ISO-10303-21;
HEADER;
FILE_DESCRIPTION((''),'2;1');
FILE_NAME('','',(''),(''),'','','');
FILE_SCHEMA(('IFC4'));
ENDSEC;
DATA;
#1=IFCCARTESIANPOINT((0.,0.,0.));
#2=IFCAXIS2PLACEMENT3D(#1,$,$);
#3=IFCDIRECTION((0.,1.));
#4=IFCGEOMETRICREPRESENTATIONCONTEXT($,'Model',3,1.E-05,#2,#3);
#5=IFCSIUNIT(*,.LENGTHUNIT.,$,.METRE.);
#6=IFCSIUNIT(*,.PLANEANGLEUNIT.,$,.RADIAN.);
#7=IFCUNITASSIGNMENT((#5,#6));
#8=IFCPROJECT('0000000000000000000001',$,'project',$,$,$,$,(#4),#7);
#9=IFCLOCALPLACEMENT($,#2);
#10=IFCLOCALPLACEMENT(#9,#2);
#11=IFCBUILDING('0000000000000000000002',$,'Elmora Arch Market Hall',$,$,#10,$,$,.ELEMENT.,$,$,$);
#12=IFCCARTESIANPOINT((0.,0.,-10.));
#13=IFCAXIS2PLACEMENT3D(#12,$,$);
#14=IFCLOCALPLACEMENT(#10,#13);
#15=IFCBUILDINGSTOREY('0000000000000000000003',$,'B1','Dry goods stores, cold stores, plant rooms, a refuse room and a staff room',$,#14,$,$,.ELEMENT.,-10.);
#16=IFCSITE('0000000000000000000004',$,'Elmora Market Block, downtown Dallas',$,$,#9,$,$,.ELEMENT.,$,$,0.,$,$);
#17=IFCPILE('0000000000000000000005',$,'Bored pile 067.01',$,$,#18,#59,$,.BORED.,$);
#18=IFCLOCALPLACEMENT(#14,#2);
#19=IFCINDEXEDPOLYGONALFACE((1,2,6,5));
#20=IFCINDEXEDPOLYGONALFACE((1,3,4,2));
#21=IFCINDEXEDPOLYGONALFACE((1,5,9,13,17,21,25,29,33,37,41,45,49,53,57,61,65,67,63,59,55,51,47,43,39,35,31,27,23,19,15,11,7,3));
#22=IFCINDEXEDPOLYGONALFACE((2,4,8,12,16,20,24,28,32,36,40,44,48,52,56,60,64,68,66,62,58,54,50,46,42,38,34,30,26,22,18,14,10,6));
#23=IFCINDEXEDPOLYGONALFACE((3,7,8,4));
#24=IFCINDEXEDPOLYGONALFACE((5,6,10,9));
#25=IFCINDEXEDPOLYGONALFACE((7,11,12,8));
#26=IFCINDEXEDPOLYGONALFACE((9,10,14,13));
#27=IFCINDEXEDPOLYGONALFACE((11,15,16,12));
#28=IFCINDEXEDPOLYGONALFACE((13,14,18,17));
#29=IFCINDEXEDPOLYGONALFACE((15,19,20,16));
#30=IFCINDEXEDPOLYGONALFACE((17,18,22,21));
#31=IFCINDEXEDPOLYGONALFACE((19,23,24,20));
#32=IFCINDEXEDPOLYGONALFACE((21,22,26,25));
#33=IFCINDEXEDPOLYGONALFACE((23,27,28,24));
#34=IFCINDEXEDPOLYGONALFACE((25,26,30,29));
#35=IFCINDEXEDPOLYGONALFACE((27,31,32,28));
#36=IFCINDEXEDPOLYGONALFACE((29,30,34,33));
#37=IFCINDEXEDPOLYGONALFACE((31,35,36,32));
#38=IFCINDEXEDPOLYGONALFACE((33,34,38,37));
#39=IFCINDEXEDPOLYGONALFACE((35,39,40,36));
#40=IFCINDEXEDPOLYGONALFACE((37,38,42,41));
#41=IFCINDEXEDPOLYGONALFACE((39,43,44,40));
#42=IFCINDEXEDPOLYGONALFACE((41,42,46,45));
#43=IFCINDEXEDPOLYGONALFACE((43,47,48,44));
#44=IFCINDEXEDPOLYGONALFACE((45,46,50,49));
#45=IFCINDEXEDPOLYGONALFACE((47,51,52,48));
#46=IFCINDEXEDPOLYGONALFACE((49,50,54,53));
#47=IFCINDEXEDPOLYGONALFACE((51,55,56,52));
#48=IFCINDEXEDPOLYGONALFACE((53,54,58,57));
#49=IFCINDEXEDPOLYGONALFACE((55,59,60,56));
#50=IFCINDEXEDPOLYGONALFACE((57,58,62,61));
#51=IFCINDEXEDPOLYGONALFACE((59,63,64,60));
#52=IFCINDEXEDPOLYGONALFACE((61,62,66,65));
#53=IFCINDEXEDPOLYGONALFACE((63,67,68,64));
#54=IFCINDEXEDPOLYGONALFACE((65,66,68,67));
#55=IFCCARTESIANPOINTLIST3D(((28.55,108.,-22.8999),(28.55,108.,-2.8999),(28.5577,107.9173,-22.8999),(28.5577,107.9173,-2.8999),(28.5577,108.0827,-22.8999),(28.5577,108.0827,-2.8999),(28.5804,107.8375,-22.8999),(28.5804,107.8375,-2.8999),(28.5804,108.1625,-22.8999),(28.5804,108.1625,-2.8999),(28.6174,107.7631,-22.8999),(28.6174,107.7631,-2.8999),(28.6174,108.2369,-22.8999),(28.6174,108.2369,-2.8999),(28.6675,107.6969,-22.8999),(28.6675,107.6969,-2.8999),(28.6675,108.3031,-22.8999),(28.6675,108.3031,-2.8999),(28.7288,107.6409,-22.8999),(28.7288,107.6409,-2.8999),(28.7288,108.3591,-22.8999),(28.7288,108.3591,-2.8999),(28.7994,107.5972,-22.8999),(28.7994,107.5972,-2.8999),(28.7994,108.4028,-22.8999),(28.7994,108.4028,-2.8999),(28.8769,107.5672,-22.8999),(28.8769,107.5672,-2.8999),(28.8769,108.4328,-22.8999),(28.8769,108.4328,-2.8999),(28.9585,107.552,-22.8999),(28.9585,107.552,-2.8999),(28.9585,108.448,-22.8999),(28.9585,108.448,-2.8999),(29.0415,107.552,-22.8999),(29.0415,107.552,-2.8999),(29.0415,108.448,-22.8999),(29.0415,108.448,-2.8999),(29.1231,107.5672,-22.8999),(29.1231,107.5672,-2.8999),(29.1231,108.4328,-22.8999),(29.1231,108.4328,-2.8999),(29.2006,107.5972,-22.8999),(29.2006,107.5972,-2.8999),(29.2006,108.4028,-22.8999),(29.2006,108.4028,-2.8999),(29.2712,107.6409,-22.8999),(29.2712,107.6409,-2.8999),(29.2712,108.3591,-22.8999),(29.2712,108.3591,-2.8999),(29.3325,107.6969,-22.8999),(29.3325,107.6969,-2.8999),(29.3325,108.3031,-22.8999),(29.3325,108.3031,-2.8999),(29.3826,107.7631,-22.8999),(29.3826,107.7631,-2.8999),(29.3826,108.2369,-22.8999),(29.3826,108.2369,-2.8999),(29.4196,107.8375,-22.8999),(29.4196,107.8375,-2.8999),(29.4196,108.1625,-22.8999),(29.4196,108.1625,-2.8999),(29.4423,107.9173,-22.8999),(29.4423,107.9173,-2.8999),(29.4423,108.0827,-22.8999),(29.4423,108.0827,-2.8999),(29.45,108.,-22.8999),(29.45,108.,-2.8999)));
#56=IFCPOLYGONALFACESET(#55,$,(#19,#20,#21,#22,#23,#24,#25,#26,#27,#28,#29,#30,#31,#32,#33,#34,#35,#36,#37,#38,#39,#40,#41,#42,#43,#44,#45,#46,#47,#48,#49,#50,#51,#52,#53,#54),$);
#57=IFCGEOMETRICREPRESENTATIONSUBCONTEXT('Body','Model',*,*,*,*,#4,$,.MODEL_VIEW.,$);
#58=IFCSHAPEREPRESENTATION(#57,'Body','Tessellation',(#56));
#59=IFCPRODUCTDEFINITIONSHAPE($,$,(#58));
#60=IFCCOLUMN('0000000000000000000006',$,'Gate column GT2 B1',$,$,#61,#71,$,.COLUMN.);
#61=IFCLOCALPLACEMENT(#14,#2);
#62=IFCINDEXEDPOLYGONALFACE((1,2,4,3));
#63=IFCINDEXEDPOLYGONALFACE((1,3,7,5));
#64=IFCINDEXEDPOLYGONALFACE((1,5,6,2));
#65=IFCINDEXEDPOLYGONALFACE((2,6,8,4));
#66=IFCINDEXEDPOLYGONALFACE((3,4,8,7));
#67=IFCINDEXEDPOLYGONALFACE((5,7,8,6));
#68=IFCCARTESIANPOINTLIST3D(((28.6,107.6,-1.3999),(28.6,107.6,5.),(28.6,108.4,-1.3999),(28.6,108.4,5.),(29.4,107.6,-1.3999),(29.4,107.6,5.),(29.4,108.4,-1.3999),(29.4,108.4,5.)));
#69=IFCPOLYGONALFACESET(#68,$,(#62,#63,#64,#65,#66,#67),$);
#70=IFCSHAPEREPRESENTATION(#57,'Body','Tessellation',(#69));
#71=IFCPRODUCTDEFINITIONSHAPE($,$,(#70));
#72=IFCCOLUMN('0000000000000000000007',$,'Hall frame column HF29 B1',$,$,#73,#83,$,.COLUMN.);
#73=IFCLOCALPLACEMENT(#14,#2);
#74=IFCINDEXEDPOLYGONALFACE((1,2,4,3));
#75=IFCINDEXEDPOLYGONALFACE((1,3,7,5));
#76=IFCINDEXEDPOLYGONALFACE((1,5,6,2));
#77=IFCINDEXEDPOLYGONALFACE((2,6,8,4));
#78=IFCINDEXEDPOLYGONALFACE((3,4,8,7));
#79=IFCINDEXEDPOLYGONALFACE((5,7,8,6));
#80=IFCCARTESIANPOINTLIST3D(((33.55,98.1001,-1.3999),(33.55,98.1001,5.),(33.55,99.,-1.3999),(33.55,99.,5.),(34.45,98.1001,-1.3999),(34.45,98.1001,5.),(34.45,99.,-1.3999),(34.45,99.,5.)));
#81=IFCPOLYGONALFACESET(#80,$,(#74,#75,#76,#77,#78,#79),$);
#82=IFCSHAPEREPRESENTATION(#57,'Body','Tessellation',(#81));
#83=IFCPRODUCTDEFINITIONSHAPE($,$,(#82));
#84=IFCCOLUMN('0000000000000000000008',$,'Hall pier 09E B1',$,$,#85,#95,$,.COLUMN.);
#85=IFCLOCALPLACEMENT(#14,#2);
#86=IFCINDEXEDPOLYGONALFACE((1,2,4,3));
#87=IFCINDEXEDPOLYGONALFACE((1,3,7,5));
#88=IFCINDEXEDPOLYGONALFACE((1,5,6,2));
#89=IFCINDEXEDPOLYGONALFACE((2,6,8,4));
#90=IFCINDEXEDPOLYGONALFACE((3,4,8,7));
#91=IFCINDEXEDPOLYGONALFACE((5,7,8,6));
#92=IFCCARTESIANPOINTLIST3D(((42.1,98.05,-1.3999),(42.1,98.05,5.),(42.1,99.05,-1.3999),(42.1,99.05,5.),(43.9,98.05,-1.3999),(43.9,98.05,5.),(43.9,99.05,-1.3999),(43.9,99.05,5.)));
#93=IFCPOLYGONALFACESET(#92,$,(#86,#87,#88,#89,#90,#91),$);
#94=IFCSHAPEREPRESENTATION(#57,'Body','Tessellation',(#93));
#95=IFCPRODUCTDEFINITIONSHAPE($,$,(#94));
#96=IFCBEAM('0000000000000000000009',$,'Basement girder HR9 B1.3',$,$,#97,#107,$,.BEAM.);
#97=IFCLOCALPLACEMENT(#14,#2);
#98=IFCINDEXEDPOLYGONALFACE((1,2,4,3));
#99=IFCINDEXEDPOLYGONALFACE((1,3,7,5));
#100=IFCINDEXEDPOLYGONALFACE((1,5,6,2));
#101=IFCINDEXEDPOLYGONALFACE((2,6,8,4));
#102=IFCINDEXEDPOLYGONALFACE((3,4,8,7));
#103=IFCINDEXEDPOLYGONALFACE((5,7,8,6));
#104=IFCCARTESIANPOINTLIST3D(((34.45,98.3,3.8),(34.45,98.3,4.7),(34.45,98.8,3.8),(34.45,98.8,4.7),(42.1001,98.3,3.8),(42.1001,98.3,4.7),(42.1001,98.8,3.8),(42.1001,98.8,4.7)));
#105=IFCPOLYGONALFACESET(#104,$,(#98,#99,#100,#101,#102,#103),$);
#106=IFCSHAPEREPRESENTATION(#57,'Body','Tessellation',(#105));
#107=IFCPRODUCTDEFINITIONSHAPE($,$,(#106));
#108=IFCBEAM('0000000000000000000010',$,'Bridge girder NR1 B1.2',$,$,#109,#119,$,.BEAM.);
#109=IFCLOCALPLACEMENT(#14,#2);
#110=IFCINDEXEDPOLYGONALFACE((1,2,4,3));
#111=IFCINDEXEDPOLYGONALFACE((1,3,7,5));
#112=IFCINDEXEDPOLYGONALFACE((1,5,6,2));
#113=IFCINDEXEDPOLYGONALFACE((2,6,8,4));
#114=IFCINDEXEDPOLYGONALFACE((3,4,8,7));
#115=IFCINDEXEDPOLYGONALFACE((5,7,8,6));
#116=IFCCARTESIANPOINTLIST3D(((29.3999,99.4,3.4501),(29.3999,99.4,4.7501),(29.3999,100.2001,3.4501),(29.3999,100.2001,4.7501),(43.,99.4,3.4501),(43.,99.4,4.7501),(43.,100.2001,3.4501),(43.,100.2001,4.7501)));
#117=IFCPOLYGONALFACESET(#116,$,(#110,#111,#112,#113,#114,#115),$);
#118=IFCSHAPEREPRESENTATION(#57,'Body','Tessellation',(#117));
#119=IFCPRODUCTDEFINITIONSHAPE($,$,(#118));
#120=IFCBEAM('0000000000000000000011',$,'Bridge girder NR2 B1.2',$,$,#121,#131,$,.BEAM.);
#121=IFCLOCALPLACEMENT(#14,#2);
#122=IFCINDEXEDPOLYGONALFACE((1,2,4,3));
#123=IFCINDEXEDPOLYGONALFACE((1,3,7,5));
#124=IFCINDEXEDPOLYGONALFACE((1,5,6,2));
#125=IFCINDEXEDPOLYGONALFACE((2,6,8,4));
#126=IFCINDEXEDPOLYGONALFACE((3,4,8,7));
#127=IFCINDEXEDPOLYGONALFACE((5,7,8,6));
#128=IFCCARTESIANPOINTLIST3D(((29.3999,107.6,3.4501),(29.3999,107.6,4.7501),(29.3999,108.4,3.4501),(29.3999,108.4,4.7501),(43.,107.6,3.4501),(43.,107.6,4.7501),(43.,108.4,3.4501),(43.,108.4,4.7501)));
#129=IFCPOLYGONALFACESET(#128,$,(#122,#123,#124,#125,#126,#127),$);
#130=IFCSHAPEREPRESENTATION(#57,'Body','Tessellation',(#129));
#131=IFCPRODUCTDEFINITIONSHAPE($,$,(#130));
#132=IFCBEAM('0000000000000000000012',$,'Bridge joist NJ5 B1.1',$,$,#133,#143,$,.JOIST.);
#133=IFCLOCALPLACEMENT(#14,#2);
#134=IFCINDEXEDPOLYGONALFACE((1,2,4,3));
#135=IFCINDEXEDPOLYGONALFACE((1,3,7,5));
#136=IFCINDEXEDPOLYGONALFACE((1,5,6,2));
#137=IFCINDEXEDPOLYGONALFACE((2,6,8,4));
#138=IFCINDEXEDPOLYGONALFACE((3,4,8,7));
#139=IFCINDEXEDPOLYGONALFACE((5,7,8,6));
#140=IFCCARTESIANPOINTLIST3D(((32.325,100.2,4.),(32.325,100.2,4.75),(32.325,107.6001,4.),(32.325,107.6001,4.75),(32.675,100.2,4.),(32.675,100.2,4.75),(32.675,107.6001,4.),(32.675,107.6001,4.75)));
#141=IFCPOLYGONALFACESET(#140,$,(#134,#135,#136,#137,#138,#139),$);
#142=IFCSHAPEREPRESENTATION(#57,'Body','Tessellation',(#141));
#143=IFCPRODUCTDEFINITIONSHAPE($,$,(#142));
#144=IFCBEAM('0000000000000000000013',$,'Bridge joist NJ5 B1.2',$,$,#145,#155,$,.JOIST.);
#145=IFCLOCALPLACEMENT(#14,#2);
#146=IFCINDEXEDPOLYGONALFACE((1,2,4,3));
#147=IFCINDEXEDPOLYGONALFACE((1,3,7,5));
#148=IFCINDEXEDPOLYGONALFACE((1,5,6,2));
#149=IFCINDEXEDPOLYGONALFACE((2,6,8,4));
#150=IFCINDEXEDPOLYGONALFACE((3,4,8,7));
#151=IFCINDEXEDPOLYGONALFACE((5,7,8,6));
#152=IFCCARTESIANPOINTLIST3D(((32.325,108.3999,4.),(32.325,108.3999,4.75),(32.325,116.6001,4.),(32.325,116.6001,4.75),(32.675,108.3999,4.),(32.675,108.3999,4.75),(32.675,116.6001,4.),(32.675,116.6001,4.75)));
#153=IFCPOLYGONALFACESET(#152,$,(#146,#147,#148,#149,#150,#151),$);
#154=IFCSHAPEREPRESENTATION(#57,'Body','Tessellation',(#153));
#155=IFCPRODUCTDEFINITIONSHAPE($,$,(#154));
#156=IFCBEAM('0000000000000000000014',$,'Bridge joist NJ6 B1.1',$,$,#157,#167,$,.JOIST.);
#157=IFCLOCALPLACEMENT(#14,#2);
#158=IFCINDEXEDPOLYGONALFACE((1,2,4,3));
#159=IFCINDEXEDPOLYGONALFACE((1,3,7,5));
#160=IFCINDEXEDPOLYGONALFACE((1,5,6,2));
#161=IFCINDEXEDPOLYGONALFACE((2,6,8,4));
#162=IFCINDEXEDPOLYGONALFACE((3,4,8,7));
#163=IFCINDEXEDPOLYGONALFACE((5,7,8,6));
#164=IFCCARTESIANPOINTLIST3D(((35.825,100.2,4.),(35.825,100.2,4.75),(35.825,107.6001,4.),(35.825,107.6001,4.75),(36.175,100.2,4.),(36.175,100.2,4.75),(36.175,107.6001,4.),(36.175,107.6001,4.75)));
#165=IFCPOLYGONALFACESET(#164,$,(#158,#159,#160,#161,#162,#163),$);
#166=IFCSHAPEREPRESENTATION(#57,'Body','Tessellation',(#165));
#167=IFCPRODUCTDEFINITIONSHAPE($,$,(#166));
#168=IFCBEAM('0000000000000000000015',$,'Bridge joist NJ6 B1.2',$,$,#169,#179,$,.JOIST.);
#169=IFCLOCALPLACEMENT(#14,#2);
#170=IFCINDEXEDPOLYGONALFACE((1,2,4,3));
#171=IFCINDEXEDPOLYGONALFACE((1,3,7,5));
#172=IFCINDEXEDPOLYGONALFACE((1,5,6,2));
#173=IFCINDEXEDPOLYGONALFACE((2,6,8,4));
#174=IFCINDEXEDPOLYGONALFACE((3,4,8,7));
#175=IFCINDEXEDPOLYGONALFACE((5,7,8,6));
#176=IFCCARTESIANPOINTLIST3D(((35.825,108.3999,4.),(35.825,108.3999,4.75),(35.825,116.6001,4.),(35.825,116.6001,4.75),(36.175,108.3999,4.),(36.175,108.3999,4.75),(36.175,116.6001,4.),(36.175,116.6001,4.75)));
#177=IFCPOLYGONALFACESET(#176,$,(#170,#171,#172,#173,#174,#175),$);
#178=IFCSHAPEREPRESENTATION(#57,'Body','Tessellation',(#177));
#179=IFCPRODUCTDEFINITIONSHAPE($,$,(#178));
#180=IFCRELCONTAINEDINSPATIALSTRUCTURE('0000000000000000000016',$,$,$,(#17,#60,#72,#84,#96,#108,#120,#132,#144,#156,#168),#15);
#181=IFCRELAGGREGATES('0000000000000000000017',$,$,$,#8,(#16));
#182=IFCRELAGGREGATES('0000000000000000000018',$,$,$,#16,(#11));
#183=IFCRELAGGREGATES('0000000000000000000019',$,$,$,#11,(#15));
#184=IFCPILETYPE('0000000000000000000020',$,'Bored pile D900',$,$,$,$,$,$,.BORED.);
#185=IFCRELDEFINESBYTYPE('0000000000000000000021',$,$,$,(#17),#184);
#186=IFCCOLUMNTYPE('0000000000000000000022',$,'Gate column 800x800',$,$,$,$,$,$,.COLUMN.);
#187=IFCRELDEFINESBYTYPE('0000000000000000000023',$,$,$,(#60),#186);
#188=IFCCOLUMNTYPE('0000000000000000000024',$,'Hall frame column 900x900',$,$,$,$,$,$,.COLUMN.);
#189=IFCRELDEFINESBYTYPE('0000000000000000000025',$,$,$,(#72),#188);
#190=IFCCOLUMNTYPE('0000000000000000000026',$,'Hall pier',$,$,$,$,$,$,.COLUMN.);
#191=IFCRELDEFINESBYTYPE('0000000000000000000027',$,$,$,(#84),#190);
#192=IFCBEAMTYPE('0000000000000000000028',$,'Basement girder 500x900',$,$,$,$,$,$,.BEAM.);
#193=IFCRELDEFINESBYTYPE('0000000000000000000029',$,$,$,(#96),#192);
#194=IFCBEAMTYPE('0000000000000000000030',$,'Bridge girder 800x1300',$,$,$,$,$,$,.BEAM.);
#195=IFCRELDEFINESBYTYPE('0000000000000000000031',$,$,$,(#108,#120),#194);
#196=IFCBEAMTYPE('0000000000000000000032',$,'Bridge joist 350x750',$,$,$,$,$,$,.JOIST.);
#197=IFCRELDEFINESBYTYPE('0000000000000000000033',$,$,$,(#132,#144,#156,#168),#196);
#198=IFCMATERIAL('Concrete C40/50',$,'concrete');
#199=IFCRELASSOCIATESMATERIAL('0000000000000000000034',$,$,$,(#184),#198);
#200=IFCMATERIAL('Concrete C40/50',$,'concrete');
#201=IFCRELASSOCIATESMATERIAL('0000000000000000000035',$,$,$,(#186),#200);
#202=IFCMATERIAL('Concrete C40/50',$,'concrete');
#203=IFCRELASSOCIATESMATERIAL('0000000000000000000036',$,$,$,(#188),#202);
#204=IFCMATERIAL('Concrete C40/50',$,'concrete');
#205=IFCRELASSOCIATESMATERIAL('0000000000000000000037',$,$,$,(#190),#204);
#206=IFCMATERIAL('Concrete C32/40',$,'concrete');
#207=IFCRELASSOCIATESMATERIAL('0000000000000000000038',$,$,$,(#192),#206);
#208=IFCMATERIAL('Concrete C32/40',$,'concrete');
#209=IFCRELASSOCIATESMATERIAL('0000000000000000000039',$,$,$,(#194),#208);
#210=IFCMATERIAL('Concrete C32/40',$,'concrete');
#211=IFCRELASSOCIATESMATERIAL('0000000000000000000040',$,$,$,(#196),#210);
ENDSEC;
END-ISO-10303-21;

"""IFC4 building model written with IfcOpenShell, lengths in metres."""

from ifc_helpers import new_model, si_unit, direction, frame, origin, origin_2d, place, context, subcontext, project, spatial, rectangle, circle, extrude, material, material_profile, profile_set, type_object, element, save


model = new_model("IFC4")

# Units and contexts
model_context = context("Model", 3, precision=1e-05, world=origin(), true_north=direction((0.0, 1.0)))
body_context = subcontext(model_context, "Body", "Model", "MODEL_VIEW")
ifc_project = project(units=[si_unit("LENGTHUNIT", "METRE"), si_unit("PLANEANGLEUNIT", "RADIAN")], contexts=[model_context])

# Site, building, storey
site_placement = place(None, origin())
site = spatial("IfcSite", under=ifc_project, at=site_placement, Name="Elmora Market Block, downtown Dallas", CompositionType="ELEMENT", RefElevation=0.0)
building_placement = place(site_placement, origin())
building = spatial("IfcBuilding", under=site, at=building_placement, Name="Elmora Arch Market Hall", CompositionType="ELEMENT")
storey_placement = place(building_placement, frame((0.0, 0.0, -10.0)))
storey = spatial("IfcBuildingStorey", under=building, at=storey_placement, Name="B1", Description="Dry goods stores, cold stores, plant rooms, a refuse room and a staff room", CompositionType="ELEMENT", Elevation=-10.0)

# Pile
ifc_material_1 = material(Name="Concrete C40/50", Category="concrete")
ifc_material_profile_1 = material_profile(ifc_material_1, circle(Radius=0.45, at=origin_2d()), Name="Bored pile D900")
ifc_profile_set_1 = profile_set([ifc_material_profile_1], Name="Concrete C40/50")
pile_type = type_object("IfcPileType", Name="Bored pile D900", PredefinedType="BORED", material=ifc_profile_set_1)
for number, where, z_axis, x_axis, name in (
    (1, (29.0, 108.0, -2.8999), (0.0, 0.0, -1.0), (1.0, 0.0, 0.0), "Bored pile 067.01"),
):
    element("IfcPile", number, at=place(storey_placement, frame(where, z_axis=z_axis, x_axis=x_axis)), inside=storey, type_object=pile_type, Name=name, PredefinedType="BORED", context=body_context, shape_type="SweptSolid", body=[
        extrude(circle(Radius=0.45, at=origin_2d()), origin(), (0.0, 0.0, 1.0), 20.0),
    ])

# Columns
ifc_material_2 = material(Name="Concrete C40/50", Category="concrete")
ifc_material_profile_2 = material_profile(ifc_material_2, rectangle(XDim=0.8, YDim=0.8, at=origin_2d()), Name="Gate column 800x800")
ifc_profile_set_2 = profile_set([ifc_material_profile_2], Name="Concrete C40/50")
column_type_1 = type_object("IfcColumnType", Name="Gate column 800x800", PredefinedType="COLUMN", material=ifc_profile_set_2)
column_1_placement = place(storey_placement, frame((29.0, 108.0, -1.3999), z_axis=(0.0, 0.0, 1.0), x_axis=(1.0, 0.0, 0.0)))
element("IfcColumn", 2, at=column_1_placement, inside=storey, type_object=column_type_1, Name="Gate column GT2 B1", PredefinedType="COLUMN", context=body_context, shape_type="SweptSolid", body=[
    extrude(rectangle(XDim=0.8, YDim=0.8, at=origin_2d()), origin(), (0.0, 0.0, 1.0), 6.3999),
])
ifc_material_3 = material(Name="Concrete C40/50", Category="concrete")
ifc_material_profile_3 = material_profile(ifc_material_3, rectangle(XDim=0.8999, YDim=0.8999, at=origin_2d()), Name="Hall frame column 900x900")
ifc_profile_set_3 = profile_set([ifc_material_profile_3], Name="Concrete C40/50")
column_type_2 = type_object("IfcColumnType", Name="Hall frame column 900x900", PredefinedType="COLUMN", material=ifc_profile_set_3)
column_2_placement = place(storey_placement, frame((34.0, 98.55, -1.3999), z_axis=(0.0, 0.0, 1.0), x_axis=(1.0, 0.0, 0.0)))
element("IfcColumn", 3, at=column_2_placement, inside=storey, type_object=column_type_2, Name="Hall frame column HF29 B1", PredefinedType="COLUMN", context=body_context, shape_type="SweptSolid", body=[
    extrude(rectangle(XDim=0.8999, YDim=0.8999, at=origin_2d()), origin(), (0.0, 0.0, 1.0), 6.3999),
])
ifc_material_4 = material(Name="Concrete C40/50", Category="concrete")
ifc_material_profile_4 = material_profile(ifc_material_4, rectangle(XDim=1.8, YDim=1.0, at=origin_2d()), Name="Hall pier")
ifc_profile_set_4 = profile_set([ifc_material_profile_4], Name="Concrete C40/50")
column_type_3 = type_object("IfcColumnType", Name="Hall pier", PredefinedType="COLUMN", material=ifc_profile_set_4)
column_3_placement = place(storey_placement, frame((43.0, 98.55, -1.3999), z_axis=(0.0, 0.0, 1.0), x_axis=(1.0, 0.0, 0.0)))
element("IfcColumn", 4, at=column_3_placement, inside=storey, type_object=column_type_3, Name="Hall pier 09E B1", PredefinedType="COLUMN", context=body_context, shape_type="SweptSolid", body=[
    extrude(rectangle(XDim=1.8, YDim=1.0, at=origin_2d()), origin(), (0.0, 0.0, 1.0), 6.3999),
])

# Beams
ifc_material_5 = material(Name="Concrete C32/40", Category="concrete")
ifc_material_profile_5 = material_profile(ifc_material_5, rectangle(XDim=0.5, YDim=0.8999, at=origin_2d()), Name="Basement girder 500x900")
ifc_profile_set_5 = profile_set([ifc_material_profile_5], Name="Concrete C32/40")
beam_type_1 = type_object("IfcBeamType", Name="Basement girder 500x900", PredefinedType="BEAM", material=ifc_profile_set_5)
beam_1_placement = place(storey_placement, frame((34.45, 98.55, 4.25), z_axis=(1.0, 0.0, 0.0), x_axis=(0.0, 1.0, 0.0)))
element("IfcBeam", 5, at=beam_1_placement, inside=storey, type_object=beam_type_1, Name="Basement girder HR9 B1.3", PredefinedType="BEAM", context=body_context, shape_type="SweptSolid", body=[
    extrude(rectangle(XDim=0.5, YDim=0.8999, at=origin_2d()), origin(), (0.0, 0.0, 1.0), 7.6501),
])
ifc_material_6 = material(Name="Concrete C32/40", Category="concrete")
ifc_material_profile_6 = material_profile(ifc_material_6, rectangle(XDim=0.8, YDim=1.3, at=origin_2d()), Name="Bridge girder 800x1300")
ifc_profile_set_6 = profile_set([ifc_material_profile_6], Name="Concrete C32/40")
beam_type_2 = type_object("IfcBeamType", Name="Bridge girder 800x1300", PredefinedType="BEAM", material=ifc_profile_set_6)
for number, where, z_axis, x_axis, name in (
    (6, (29.3999, 99.8, 4.1001), (1.0, 0.0, 0.0), (0.0, 1.0, 0.0), "Bridge girder NR1 B1.2"),
    (7, (29.3999, 108.0, 4.1001), (1.0, 0.0, 0.0), (0.0, 1.0, 0.0), "Bridge girder NR2 B1.2"),
):
    element("IfcBeam", number, at=place(storey_placement, frame(where, z_axis=z_axis, x_axis=x_axis)), inside=storey, type_object=beam_type_2, Name=name, PredefinedType="BEAM", context=body_context, shape_type="SweptSolid", body=[
        extrude(rectangle(XDim=0.8, YDim=1.3, at=origin_2d()), origin(), (0.0, 0.0, 1.0), 13.6001),
    ])
ifc_material_7 = material(Name="Concrete C32/40", Category="concrete")
ifc_material_profile_7 = material_profile(ifc_material_7, rectangle(XDim=0.3501, YDim=0.75, at=origin_2d()), Name="Bridge joist 350x750")
ifc_profile_set_7 = profile_set([ifc_material_profile_7], Name="Concrete C32/40")
beam_type_3 = type_object("IfcBeamType", Name="Bridge joist 350x750", PredefinedType="JOIST", material=ifc_profile_set_7)
beam_2_placement = place(storey_placement, frame((32.5, 100.2, 4.375), z_axis=(0.0, 1.0, 0.0), x_axis=(-1.0, 0.0, 0.0)))
element("IfcBeam", 8, at=beam_2_placement, inside=storey, type_object=beam_type_3, Name="Bridge joist NJ5 B1.1", PredefinedType="JOIST", context=body_context, shape_type="SweptSolid", body=[
    extrude(rectangle(XDim=0.3501, YDim=0.75, at=origin_2d()), origin(), (0.0, 0.0, 1.0), 7.4001),
])
beam_3_placement = place(storey_placement, frame((32.5, 108.3999, 4.375), z_axis=(0.0, 1.0, 0.0), x_axis=(-1.0, 0.0, 0.0)))
element("IfcBeam", 9, at=beam_3_placement, inside=storey, type_object=beam_type_3, Name="Bridge joist NJ5 B1.2", PredefinedType="JOIST", context=body_context, shape_type="SweptSolid", body=[
    extrude(rectangle(XDim=0.3501, YDim=0.75, at=origin_2d()), origin(), (0.0, 0.0, 1.0), 8.2002),
])
beam_4_placement = place(storey_placement, frame((36.0, 100.2, 4.375), z_axis=(0.0, 1.0, 0.0), x_axis=(-1.0, 0.0, 0.0)))
element("IfcBeam", 10, at=beam_4_placement, inside=storey, type_object=beam_type_3, Name="Bridge joist NJ6 B1.1", PredefinedType="JOIST", context=body_context, shape_type="SweptSolid", body=[
    extrude(rectangle(XDim=0.3501, YDim=0.75, at=origin_2d()), origin(), (0.0, 0.0, 1.0), 7.4001),
])
beam_5_placement = place(storey_placement, frame((36.0, 108.3999, 4.375), z_axis=(0.0, 1.0, 0.0), x_axis=(-1.0, 0.0, 0.0)))
element("IfcBeam", 11, at=beam_5_placement, inside=storey, type_object=beam_type_3, Name="Bridge joist NJ6 B1.2", PredefinedType="JOIST", context=body_context, shape_type="SweptSolid", body=[
    extrude(rectangle(XDim=0.3501, YDim=0.75, at=origin_2d()), origin(), (0.0, 0.0, 1.0), 8.2002),
])

save(model, "model.ifc")
